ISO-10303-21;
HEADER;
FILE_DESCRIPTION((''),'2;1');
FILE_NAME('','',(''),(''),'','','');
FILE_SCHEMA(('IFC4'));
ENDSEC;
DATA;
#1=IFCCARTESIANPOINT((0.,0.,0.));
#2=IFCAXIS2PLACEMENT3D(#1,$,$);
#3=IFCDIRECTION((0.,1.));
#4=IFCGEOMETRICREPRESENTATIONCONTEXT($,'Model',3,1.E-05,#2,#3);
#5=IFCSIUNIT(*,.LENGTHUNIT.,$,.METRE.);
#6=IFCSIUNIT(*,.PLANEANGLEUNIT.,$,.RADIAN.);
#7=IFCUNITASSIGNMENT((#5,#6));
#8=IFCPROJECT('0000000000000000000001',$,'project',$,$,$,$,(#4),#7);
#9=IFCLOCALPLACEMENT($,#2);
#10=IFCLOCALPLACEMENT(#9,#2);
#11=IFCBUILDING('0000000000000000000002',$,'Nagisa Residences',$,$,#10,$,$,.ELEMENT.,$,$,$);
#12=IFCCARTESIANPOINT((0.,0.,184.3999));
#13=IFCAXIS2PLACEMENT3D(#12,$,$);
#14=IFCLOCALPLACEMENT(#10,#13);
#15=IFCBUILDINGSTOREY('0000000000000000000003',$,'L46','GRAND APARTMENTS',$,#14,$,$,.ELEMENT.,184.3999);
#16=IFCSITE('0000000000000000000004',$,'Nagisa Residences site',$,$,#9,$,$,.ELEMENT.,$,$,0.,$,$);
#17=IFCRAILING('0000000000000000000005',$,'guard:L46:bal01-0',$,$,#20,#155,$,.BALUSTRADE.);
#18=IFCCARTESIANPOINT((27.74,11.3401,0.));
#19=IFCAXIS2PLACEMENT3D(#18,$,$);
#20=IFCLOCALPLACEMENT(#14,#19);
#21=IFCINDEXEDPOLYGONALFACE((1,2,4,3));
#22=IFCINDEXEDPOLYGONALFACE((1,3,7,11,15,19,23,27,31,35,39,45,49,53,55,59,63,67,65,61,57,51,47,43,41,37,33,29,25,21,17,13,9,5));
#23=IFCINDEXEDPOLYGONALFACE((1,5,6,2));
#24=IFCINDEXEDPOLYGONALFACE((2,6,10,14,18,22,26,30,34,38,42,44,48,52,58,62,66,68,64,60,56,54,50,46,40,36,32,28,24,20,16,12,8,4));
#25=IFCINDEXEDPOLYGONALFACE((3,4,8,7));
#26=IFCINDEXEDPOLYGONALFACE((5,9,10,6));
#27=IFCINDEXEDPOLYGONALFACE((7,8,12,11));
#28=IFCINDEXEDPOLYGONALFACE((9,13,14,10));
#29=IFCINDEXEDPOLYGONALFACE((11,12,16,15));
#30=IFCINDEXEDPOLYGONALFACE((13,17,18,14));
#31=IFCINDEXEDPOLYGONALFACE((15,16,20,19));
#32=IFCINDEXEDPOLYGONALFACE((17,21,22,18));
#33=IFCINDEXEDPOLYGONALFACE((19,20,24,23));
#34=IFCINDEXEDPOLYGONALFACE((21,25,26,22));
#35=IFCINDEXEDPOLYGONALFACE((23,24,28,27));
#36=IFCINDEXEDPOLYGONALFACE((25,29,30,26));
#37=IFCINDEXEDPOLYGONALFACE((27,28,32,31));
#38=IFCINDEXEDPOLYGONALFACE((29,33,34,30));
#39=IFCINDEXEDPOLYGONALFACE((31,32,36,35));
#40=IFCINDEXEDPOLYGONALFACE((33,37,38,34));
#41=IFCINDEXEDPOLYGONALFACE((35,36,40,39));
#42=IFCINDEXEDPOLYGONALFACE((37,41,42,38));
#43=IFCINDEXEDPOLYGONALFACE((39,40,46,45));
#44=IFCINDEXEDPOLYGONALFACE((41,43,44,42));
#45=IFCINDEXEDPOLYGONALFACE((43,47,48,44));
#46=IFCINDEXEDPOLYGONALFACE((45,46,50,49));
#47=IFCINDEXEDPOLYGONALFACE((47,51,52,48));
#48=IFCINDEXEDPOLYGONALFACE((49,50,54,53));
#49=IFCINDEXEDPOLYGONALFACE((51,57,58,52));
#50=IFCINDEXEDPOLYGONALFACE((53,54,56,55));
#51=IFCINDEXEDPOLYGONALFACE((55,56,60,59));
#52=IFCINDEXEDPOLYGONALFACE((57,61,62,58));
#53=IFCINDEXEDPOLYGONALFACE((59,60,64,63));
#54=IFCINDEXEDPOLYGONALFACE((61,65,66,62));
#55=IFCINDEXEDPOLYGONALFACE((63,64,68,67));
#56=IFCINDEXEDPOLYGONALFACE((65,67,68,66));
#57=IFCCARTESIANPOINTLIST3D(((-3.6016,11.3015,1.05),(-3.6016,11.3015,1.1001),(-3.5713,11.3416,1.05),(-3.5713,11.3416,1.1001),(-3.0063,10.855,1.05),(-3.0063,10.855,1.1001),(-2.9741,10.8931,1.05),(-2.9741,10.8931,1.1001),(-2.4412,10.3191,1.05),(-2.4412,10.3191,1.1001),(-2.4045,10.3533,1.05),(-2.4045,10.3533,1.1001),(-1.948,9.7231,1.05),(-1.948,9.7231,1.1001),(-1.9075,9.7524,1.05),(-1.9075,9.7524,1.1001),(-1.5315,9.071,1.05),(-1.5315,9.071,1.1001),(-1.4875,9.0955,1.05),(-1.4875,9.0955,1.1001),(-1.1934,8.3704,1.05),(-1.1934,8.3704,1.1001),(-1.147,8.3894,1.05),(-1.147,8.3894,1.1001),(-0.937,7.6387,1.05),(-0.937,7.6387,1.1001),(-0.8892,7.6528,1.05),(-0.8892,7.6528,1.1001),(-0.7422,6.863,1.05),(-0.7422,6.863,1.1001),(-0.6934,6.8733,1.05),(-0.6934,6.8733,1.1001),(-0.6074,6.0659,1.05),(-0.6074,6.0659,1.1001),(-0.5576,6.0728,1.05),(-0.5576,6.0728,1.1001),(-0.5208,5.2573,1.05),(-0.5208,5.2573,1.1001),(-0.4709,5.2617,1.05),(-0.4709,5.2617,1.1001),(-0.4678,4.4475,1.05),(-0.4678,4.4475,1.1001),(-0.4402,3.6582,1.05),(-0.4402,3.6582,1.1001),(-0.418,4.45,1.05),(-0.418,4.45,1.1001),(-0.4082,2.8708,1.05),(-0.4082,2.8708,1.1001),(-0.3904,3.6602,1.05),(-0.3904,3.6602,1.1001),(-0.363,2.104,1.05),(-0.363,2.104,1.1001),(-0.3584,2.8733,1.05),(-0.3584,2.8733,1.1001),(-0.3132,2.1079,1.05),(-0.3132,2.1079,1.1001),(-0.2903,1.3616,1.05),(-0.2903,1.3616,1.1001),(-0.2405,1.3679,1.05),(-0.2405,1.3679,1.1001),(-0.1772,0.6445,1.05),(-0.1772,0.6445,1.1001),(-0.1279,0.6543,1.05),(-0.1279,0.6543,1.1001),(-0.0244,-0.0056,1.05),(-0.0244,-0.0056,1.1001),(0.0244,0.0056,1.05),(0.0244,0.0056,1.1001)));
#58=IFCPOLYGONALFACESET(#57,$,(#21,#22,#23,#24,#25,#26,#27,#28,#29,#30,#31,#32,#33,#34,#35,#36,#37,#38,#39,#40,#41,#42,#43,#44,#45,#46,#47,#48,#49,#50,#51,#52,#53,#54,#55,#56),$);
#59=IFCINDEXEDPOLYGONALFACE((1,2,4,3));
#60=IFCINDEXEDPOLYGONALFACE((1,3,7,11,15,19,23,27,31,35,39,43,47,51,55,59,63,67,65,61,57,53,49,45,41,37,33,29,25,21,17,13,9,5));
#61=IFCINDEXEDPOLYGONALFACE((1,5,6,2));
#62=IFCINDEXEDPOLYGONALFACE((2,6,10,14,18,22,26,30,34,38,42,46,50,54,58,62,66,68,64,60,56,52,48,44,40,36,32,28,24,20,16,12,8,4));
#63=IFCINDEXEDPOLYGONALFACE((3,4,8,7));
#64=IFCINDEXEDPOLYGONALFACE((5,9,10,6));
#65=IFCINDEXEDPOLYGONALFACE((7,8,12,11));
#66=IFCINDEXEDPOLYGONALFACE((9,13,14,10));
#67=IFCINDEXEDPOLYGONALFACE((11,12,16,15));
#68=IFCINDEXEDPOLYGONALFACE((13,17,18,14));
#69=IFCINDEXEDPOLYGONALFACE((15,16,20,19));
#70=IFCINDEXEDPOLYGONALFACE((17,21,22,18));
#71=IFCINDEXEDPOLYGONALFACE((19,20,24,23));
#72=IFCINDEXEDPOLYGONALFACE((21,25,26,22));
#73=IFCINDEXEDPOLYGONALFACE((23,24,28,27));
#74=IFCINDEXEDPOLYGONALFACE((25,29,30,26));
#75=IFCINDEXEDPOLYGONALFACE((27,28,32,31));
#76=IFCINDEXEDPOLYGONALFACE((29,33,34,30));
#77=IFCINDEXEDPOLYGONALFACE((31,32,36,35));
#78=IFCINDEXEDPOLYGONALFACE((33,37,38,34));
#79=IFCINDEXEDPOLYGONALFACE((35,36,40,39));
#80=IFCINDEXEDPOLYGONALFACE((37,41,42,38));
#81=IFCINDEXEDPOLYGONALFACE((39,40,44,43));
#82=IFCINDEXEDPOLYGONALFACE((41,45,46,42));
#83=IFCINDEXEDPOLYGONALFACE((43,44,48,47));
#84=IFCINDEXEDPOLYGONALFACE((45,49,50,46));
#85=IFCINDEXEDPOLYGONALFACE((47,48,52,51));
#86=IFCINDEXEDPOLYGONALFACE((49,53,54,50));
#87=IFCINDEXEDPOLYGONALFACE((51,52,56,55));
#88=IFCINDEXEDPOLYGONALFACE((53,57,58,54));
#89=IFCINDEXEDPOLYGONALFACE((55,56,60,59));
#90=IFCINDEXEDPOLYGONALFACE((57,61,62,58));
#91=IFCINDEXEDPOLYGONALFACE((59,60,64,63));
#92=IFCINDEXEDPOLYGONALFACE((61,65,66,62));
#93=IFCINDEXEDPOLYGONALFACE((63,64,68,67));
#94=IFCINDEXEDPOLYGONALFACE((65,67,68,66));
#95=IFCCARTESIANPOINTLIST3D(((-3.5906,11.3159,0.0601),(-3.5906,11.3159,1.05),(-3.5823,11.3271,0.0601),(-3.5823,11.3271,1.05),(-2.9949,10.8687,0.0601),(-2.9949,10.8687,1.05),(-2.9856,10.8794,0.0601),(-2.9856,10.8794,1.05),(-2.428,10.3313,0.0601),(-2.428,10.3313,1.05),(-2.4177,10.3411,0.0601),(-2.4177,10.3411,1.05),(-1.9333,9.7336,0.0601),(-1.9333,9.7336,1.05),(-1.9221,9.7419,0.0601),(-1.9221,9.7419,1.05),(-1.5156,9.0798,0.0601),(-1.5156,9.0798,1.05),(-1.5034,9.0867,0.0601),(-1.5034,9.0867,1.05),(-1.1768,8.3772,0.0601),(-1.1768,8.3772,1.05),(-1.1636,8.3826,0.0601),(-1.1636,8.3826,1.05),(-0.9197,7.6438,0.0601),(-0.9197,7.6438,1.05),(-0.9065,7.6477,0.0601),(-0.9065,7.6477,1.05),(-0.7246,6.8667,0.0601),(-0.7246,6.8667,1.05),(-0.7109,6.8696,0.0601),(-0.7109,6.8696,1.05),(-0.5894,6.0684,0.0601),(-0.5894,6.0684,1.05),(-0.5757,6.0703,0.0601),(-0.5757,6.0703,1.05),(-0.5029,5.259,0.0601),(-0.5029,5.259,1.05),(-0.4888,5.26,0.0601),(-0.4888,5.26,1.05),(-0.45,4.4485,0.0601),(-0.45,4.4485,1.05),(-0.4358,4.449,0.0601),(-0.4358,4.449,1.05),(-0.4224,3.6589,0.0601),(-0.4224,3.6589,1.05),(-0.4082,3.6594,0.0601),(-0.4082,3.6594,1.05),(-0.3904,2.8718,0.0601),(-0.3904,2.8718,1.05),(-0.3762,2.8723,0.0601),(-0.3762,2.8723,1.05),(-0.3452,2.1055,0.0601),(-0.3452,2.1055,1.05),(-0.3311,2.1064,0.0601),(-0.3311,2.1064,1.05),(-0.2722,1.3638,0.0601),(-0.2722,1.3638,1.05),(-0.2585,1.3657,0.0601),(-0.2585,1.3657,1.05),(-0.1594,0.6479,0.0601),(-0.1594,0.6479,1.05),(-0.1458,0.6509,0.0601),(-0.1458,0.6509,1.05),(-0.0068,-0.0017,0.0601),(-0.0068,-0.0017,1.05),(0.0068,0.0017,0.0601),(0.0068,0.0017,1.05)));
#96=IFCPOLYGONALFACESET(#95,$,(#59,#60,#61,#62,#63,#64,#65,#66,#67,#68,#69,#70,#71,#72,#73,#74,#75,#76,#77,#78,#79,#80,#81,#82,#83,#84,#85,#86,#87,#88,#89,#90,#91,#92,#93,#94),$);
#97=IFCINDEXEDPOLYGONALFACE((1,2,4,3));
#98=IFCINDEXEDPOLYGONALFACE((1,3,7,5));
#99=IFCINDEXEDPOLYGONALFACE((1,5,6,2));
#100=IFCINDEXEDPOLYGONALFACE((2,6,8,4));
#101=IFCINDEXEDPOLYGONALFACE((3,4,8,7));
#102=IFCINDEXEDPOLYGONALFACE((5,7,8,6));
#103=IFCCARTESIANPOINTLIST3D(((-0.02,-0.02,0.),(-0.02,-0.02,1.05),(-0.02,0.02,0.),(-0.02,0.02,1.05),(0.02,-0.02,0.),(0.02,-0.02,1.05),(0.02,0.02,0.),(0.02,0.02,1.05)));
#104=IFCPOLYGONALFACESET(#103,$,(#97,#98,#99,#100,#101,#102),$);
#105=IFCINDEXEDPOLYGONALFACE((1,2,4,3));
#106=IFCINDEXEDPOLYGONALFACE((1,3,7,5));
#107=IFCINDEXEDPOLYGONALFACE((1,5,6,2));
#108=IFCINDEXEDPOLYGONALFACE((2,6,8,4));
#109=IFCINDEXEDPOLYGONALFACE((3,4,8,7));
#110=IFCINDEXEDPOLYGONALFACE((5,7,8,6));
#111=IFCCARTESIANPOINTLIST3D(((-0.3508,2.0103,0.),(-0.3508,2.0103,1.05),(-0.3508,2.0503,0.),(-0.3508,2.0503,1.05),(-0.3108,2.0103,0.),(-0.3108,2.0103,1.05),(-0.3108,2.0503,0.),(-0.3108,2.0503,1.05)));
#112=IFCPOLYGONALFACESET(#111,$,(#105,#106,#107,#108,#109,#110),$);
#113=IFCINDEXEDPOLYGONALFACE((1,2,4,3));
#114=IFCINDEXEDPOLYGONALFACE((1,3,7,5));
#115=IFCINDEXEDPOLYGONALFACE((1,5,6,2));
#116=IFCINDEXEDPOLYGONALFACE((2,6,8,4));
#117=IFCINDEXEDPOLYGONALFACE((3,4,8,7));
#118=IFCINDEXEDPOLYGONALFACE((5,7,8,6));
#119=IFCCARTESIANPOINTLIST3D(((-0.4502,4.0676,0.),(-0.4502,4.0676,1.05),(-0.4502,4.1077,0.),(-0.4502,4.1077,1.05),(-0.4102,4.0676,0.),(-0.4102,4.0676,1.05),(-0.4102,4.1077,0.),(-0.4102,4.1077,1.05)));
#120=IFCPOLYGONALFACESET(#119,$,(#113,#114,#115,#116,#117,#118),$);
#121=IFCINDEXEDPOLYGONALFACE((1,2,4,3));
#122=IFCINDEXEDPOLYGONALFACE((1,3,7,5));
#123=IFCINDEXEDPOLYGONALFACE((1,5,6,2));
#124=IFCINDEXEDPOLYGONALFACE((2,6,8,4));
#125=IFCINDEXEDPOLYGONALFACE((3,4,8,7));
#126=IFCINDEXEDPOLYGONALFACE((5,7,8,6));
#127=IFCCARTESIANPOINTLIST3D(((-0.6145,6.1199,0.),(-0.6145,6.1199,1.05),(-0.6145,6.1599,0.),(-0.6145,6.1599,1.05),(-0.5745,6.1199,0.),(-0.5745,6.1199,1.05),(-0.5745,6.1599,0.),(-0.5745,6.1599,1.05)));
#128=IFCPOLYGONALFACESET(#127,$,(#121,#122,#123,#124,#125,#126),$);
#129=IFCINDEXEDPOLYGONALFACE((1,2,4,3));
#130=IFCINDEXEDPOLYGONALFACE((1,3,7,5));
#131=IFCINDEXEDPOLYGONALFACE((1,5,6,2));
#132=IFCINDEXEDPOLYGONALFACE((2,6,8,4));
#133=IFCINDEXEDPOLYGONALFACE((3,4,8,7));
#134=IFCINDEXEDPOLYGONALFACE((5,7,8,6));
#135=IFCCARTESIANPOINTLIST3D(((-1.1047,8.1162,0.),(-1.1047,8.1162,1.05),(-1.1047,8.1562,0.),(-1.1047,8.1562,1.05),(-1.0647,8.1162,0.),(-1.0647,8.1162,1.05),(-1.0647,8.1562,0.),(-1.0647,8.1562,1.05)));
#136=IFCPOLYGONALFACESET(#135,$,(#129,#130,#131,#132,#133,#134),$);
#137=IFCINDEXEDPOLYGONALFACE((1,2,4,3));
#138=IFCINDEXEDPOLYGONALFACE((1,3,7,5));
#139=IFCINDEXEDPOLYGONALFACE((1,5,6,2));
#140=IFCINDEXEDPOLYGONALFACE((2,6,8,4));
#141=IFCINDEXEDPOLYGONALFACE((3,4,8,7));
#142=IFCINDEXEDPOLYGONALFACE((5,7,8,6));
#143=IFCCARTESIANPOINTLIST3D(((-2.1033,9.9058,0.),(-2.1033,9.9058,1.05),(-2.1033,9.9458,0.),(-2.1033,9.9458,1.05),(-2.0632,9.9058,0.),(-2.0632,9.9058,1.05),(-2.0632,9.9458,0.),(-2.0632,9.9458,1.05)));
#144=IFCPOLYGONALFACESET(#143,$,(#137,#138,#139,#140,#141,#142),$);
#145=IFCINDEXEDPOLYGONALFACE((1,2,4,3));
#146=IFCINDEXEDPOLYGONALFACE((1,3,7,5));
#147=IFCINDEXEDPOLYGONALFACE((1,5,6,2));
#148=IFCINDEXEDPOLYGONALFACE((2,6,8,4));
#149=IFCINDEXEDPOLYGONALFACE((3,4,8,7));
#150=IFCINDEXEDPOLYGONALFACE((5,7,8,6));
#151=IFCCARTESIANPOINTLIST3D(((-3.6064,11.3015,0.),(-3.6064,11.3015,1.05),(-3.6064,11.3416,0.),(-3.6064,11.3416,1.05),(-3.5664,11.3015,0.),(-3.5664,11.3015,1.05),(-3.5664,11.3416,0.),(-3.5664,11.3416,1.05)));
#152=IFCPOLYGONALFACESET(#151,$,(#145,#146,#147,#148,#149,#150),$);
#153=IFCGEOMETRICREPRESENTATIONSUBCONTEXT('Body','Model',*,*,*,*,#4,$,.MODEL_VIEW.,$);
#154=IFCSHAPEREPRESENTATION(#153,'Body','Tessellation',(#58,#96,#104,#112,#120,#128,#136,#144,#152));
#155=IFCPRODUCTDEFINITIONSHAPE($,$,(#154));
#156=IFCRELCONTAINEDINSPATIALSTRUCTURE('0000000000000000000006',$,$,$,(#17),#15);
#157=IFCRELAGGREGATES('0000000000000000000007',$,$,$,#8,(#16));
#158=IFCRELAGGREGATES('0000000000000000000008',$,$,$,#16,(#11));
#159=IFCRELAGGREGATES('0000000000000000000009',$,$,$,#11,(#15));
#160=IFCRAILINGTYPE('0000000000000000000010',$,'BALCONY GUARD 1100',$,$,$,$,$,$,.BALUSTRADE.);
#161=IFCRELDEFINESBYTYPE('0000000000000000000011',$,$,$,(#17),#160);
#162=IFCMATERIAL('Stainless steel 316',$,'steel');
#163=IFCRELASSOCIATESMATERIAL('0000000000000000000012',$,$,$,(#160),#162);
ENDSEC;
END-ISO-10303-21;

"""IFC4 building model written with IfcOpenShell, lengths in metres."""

from ifc_helpers import new_model, si_unit, direction, frame, origin, origin_2d, place, context, subcontext, project, spatial, polyline, rectangle, outline, extrude, material, type_object, element, save


model = new_model("IFC4")

# Units and contexts
model_context = context("Model", 3, precision=1e-05, world=origin(), true_north=direction((0.0, 1.0)))
body_context = subcontext(model_context, "Body", "Model", "MODEL_VIEW")
ifc_project = project(units=[si_unit("LENGTHUNIT", "METRE"), si_unit("PLANEANGLEUNIT", "RADIAN")], contexts=[model_context])

# Site, building, storey
site_placement = place(None, origin())
site = spatial("IfcSite", under=ifc_project, at=site_placement, Name="Nagisa Residences site", CompositionType="ELEMENT", RefElevation=0.0)
building_placement = place(site_placement, origin())
building = spatial("IfcBuilding", under=site, at=building_placement, Name="Nagisa Residences", CompositionType="ELEMENT")
storey_placement = place(building_placement, frame((0.0, 0.0, 184.3999)))
storey = spatial("IfcBuildingStorey", under=building, at=storey_placement, Name="L46", Description="GRAND APARTMENTS", CompositionType="ELEMENT", Elevation=184.3999)

# Railing
ifc_material_1 = material(Name="Stainless steel 316", Category="steel")
railing_type = type_object("IfcRailingType", Name="BALCONY GUARD 1100", PredefinedType="BALUSTRADE", material=ifc_material_1)
railing_1_placement = place(storey_placement, frame((27.74, 11.3401, 0.0)))
element("IfcRailing", 1, at=railing_1_placement, inside=storey, type_object=railing_type, Name="guard:L46:bal01-0", PredefinedType="BALUSTRADE", context=body_context, shape_type="SweptSolid", body=[
    extrude(outline(polyline([(-0.1772, 0.6445), (-0.0244, -0.0056), (0.0244, 0.0056), (-0.1279, 0.6543), (-0.2405, 1.3679), (-0.3132, 2.1079), (-0.3584, 2.8733), (-0.3904, 3.6602), (-0.418, 4.45), (-0.4709, 5.2617), (-0.5576, 6.0728), (-0.6934, 6.8733), (-0.8892, 7.6528), (-1.147, 8.3894), (-1.4875, 9.0955), (-1.9075, 9.7524), (-2.4045, 10.3533), (-2.9741, 10.8931), (-3.5713, 11.3416), (-3.6016, 11.3015), (-3.0063, 10.855), (-2.4412, 10.3191), (-1.948, 9.7231), (-1.5315, 9.071), (-1.1934, 8.3704), (-0.937, 7.6387), (-0.7422, 6.863), (-0.6074, 6.0659), (-0.5208, 5.2573), (-0.4678, 4.4475), (-0.4402, 3.6582), (-0.4082, 2.8708), (-0.363, 2.104), (-0.2903, 1.3616), (-0.1772, 0.6445)])), frame((0.0, 0.0, 1.05)), (0.0, 0.0, 1.0), 0.05),
    extrude(outline(polyline([(-0.1594, 0.6479), (-0.0068, -0.0017), (0.0068, 0.0017), (-0.1458, 0.6509), (-0.2585, 1.3657), (-0.3311, 2.1064), (-0.3762, 2.8723), (-0.4082, 3.6594), (-0.4358, 4.449), (-0.4888, 5.26), (-0.5757, 6.0703), (-0.7109, 6.8696), (-0.9065, 7.6477), (-1.1636, 8.3826), (-1.5034, 9.0867), (-1.9221, 9.7419), (-2.4177, 10.3411), (-2.9856, 10.8794), (-3.5823, 11.3271), (-3.5906, 11.3159), (-2.9949, 10.8687), (-2.428, 10.3313), (-1.9333, 9.7336), (-1.5156, 9.0798), (-1.1768, 8.3772), (-0.9197, 7.6438), (-0.7246, 6.8667), (-0.5894, 6.0684), (-0.5029, 5.259), (-0.45, 4.4485), (-0.4224, 3.6589), (-0.3904, 2.8718), (-0.3452, 2.1055), (-0.2722, 1.3638), (-0.1594, 0.6479)])), frame((0.0, 0.0, 0.0601)), (0.0, 0.0, 1.0), 0.99),
    extrude(rectangle(XDim=0.04, YDim=0.04, at=origin_2d()), origin(), (0.0, 0.0, 1.0), 1.05),
    extrude(rectangle(XDim=0.04, YDim=0.04, at=origin_2d()), frame((-0.3308, 2.0303, 0.0)), (0.0, 0.0, 1.0), 1.05),
    extrude(rectangle(XDim=0.04, YDim=0.04, at=origin_2d()), frame((-0.4302, 4.0876, 0.0)), (0.0, 0.0, 1.0), 1.05),
    extrude(rectangle(XDim=0.04, YDim=0.04, at=origin_2d()), frame((-0.5945, 6.1399, 0.0)), (0.0, 0.0, 1.0), 1.05),
    extrude(rectangle(XDim=0.04, YDim=0.04, at=origin_2d()), frame((-1.0847, 8.1362, 0.0)), (0.0, 0.0, 1.0), 1.05),
    extrude(rectangle(XDim=0.04, YDim=0.04, at=origin_2d()), frame((-2.0833, 9.9258, 0.0)), (0.0, 0.0, 1.0), 1.05),
    extrude(rectangle(XDim=0.04, YDim=0.04, at=origin_2d()), frame((-3.5864, 11.3215, 0.0)), (0.0, 0.0, 1.0), 1.05),
])

save(model, "model.ifc")
